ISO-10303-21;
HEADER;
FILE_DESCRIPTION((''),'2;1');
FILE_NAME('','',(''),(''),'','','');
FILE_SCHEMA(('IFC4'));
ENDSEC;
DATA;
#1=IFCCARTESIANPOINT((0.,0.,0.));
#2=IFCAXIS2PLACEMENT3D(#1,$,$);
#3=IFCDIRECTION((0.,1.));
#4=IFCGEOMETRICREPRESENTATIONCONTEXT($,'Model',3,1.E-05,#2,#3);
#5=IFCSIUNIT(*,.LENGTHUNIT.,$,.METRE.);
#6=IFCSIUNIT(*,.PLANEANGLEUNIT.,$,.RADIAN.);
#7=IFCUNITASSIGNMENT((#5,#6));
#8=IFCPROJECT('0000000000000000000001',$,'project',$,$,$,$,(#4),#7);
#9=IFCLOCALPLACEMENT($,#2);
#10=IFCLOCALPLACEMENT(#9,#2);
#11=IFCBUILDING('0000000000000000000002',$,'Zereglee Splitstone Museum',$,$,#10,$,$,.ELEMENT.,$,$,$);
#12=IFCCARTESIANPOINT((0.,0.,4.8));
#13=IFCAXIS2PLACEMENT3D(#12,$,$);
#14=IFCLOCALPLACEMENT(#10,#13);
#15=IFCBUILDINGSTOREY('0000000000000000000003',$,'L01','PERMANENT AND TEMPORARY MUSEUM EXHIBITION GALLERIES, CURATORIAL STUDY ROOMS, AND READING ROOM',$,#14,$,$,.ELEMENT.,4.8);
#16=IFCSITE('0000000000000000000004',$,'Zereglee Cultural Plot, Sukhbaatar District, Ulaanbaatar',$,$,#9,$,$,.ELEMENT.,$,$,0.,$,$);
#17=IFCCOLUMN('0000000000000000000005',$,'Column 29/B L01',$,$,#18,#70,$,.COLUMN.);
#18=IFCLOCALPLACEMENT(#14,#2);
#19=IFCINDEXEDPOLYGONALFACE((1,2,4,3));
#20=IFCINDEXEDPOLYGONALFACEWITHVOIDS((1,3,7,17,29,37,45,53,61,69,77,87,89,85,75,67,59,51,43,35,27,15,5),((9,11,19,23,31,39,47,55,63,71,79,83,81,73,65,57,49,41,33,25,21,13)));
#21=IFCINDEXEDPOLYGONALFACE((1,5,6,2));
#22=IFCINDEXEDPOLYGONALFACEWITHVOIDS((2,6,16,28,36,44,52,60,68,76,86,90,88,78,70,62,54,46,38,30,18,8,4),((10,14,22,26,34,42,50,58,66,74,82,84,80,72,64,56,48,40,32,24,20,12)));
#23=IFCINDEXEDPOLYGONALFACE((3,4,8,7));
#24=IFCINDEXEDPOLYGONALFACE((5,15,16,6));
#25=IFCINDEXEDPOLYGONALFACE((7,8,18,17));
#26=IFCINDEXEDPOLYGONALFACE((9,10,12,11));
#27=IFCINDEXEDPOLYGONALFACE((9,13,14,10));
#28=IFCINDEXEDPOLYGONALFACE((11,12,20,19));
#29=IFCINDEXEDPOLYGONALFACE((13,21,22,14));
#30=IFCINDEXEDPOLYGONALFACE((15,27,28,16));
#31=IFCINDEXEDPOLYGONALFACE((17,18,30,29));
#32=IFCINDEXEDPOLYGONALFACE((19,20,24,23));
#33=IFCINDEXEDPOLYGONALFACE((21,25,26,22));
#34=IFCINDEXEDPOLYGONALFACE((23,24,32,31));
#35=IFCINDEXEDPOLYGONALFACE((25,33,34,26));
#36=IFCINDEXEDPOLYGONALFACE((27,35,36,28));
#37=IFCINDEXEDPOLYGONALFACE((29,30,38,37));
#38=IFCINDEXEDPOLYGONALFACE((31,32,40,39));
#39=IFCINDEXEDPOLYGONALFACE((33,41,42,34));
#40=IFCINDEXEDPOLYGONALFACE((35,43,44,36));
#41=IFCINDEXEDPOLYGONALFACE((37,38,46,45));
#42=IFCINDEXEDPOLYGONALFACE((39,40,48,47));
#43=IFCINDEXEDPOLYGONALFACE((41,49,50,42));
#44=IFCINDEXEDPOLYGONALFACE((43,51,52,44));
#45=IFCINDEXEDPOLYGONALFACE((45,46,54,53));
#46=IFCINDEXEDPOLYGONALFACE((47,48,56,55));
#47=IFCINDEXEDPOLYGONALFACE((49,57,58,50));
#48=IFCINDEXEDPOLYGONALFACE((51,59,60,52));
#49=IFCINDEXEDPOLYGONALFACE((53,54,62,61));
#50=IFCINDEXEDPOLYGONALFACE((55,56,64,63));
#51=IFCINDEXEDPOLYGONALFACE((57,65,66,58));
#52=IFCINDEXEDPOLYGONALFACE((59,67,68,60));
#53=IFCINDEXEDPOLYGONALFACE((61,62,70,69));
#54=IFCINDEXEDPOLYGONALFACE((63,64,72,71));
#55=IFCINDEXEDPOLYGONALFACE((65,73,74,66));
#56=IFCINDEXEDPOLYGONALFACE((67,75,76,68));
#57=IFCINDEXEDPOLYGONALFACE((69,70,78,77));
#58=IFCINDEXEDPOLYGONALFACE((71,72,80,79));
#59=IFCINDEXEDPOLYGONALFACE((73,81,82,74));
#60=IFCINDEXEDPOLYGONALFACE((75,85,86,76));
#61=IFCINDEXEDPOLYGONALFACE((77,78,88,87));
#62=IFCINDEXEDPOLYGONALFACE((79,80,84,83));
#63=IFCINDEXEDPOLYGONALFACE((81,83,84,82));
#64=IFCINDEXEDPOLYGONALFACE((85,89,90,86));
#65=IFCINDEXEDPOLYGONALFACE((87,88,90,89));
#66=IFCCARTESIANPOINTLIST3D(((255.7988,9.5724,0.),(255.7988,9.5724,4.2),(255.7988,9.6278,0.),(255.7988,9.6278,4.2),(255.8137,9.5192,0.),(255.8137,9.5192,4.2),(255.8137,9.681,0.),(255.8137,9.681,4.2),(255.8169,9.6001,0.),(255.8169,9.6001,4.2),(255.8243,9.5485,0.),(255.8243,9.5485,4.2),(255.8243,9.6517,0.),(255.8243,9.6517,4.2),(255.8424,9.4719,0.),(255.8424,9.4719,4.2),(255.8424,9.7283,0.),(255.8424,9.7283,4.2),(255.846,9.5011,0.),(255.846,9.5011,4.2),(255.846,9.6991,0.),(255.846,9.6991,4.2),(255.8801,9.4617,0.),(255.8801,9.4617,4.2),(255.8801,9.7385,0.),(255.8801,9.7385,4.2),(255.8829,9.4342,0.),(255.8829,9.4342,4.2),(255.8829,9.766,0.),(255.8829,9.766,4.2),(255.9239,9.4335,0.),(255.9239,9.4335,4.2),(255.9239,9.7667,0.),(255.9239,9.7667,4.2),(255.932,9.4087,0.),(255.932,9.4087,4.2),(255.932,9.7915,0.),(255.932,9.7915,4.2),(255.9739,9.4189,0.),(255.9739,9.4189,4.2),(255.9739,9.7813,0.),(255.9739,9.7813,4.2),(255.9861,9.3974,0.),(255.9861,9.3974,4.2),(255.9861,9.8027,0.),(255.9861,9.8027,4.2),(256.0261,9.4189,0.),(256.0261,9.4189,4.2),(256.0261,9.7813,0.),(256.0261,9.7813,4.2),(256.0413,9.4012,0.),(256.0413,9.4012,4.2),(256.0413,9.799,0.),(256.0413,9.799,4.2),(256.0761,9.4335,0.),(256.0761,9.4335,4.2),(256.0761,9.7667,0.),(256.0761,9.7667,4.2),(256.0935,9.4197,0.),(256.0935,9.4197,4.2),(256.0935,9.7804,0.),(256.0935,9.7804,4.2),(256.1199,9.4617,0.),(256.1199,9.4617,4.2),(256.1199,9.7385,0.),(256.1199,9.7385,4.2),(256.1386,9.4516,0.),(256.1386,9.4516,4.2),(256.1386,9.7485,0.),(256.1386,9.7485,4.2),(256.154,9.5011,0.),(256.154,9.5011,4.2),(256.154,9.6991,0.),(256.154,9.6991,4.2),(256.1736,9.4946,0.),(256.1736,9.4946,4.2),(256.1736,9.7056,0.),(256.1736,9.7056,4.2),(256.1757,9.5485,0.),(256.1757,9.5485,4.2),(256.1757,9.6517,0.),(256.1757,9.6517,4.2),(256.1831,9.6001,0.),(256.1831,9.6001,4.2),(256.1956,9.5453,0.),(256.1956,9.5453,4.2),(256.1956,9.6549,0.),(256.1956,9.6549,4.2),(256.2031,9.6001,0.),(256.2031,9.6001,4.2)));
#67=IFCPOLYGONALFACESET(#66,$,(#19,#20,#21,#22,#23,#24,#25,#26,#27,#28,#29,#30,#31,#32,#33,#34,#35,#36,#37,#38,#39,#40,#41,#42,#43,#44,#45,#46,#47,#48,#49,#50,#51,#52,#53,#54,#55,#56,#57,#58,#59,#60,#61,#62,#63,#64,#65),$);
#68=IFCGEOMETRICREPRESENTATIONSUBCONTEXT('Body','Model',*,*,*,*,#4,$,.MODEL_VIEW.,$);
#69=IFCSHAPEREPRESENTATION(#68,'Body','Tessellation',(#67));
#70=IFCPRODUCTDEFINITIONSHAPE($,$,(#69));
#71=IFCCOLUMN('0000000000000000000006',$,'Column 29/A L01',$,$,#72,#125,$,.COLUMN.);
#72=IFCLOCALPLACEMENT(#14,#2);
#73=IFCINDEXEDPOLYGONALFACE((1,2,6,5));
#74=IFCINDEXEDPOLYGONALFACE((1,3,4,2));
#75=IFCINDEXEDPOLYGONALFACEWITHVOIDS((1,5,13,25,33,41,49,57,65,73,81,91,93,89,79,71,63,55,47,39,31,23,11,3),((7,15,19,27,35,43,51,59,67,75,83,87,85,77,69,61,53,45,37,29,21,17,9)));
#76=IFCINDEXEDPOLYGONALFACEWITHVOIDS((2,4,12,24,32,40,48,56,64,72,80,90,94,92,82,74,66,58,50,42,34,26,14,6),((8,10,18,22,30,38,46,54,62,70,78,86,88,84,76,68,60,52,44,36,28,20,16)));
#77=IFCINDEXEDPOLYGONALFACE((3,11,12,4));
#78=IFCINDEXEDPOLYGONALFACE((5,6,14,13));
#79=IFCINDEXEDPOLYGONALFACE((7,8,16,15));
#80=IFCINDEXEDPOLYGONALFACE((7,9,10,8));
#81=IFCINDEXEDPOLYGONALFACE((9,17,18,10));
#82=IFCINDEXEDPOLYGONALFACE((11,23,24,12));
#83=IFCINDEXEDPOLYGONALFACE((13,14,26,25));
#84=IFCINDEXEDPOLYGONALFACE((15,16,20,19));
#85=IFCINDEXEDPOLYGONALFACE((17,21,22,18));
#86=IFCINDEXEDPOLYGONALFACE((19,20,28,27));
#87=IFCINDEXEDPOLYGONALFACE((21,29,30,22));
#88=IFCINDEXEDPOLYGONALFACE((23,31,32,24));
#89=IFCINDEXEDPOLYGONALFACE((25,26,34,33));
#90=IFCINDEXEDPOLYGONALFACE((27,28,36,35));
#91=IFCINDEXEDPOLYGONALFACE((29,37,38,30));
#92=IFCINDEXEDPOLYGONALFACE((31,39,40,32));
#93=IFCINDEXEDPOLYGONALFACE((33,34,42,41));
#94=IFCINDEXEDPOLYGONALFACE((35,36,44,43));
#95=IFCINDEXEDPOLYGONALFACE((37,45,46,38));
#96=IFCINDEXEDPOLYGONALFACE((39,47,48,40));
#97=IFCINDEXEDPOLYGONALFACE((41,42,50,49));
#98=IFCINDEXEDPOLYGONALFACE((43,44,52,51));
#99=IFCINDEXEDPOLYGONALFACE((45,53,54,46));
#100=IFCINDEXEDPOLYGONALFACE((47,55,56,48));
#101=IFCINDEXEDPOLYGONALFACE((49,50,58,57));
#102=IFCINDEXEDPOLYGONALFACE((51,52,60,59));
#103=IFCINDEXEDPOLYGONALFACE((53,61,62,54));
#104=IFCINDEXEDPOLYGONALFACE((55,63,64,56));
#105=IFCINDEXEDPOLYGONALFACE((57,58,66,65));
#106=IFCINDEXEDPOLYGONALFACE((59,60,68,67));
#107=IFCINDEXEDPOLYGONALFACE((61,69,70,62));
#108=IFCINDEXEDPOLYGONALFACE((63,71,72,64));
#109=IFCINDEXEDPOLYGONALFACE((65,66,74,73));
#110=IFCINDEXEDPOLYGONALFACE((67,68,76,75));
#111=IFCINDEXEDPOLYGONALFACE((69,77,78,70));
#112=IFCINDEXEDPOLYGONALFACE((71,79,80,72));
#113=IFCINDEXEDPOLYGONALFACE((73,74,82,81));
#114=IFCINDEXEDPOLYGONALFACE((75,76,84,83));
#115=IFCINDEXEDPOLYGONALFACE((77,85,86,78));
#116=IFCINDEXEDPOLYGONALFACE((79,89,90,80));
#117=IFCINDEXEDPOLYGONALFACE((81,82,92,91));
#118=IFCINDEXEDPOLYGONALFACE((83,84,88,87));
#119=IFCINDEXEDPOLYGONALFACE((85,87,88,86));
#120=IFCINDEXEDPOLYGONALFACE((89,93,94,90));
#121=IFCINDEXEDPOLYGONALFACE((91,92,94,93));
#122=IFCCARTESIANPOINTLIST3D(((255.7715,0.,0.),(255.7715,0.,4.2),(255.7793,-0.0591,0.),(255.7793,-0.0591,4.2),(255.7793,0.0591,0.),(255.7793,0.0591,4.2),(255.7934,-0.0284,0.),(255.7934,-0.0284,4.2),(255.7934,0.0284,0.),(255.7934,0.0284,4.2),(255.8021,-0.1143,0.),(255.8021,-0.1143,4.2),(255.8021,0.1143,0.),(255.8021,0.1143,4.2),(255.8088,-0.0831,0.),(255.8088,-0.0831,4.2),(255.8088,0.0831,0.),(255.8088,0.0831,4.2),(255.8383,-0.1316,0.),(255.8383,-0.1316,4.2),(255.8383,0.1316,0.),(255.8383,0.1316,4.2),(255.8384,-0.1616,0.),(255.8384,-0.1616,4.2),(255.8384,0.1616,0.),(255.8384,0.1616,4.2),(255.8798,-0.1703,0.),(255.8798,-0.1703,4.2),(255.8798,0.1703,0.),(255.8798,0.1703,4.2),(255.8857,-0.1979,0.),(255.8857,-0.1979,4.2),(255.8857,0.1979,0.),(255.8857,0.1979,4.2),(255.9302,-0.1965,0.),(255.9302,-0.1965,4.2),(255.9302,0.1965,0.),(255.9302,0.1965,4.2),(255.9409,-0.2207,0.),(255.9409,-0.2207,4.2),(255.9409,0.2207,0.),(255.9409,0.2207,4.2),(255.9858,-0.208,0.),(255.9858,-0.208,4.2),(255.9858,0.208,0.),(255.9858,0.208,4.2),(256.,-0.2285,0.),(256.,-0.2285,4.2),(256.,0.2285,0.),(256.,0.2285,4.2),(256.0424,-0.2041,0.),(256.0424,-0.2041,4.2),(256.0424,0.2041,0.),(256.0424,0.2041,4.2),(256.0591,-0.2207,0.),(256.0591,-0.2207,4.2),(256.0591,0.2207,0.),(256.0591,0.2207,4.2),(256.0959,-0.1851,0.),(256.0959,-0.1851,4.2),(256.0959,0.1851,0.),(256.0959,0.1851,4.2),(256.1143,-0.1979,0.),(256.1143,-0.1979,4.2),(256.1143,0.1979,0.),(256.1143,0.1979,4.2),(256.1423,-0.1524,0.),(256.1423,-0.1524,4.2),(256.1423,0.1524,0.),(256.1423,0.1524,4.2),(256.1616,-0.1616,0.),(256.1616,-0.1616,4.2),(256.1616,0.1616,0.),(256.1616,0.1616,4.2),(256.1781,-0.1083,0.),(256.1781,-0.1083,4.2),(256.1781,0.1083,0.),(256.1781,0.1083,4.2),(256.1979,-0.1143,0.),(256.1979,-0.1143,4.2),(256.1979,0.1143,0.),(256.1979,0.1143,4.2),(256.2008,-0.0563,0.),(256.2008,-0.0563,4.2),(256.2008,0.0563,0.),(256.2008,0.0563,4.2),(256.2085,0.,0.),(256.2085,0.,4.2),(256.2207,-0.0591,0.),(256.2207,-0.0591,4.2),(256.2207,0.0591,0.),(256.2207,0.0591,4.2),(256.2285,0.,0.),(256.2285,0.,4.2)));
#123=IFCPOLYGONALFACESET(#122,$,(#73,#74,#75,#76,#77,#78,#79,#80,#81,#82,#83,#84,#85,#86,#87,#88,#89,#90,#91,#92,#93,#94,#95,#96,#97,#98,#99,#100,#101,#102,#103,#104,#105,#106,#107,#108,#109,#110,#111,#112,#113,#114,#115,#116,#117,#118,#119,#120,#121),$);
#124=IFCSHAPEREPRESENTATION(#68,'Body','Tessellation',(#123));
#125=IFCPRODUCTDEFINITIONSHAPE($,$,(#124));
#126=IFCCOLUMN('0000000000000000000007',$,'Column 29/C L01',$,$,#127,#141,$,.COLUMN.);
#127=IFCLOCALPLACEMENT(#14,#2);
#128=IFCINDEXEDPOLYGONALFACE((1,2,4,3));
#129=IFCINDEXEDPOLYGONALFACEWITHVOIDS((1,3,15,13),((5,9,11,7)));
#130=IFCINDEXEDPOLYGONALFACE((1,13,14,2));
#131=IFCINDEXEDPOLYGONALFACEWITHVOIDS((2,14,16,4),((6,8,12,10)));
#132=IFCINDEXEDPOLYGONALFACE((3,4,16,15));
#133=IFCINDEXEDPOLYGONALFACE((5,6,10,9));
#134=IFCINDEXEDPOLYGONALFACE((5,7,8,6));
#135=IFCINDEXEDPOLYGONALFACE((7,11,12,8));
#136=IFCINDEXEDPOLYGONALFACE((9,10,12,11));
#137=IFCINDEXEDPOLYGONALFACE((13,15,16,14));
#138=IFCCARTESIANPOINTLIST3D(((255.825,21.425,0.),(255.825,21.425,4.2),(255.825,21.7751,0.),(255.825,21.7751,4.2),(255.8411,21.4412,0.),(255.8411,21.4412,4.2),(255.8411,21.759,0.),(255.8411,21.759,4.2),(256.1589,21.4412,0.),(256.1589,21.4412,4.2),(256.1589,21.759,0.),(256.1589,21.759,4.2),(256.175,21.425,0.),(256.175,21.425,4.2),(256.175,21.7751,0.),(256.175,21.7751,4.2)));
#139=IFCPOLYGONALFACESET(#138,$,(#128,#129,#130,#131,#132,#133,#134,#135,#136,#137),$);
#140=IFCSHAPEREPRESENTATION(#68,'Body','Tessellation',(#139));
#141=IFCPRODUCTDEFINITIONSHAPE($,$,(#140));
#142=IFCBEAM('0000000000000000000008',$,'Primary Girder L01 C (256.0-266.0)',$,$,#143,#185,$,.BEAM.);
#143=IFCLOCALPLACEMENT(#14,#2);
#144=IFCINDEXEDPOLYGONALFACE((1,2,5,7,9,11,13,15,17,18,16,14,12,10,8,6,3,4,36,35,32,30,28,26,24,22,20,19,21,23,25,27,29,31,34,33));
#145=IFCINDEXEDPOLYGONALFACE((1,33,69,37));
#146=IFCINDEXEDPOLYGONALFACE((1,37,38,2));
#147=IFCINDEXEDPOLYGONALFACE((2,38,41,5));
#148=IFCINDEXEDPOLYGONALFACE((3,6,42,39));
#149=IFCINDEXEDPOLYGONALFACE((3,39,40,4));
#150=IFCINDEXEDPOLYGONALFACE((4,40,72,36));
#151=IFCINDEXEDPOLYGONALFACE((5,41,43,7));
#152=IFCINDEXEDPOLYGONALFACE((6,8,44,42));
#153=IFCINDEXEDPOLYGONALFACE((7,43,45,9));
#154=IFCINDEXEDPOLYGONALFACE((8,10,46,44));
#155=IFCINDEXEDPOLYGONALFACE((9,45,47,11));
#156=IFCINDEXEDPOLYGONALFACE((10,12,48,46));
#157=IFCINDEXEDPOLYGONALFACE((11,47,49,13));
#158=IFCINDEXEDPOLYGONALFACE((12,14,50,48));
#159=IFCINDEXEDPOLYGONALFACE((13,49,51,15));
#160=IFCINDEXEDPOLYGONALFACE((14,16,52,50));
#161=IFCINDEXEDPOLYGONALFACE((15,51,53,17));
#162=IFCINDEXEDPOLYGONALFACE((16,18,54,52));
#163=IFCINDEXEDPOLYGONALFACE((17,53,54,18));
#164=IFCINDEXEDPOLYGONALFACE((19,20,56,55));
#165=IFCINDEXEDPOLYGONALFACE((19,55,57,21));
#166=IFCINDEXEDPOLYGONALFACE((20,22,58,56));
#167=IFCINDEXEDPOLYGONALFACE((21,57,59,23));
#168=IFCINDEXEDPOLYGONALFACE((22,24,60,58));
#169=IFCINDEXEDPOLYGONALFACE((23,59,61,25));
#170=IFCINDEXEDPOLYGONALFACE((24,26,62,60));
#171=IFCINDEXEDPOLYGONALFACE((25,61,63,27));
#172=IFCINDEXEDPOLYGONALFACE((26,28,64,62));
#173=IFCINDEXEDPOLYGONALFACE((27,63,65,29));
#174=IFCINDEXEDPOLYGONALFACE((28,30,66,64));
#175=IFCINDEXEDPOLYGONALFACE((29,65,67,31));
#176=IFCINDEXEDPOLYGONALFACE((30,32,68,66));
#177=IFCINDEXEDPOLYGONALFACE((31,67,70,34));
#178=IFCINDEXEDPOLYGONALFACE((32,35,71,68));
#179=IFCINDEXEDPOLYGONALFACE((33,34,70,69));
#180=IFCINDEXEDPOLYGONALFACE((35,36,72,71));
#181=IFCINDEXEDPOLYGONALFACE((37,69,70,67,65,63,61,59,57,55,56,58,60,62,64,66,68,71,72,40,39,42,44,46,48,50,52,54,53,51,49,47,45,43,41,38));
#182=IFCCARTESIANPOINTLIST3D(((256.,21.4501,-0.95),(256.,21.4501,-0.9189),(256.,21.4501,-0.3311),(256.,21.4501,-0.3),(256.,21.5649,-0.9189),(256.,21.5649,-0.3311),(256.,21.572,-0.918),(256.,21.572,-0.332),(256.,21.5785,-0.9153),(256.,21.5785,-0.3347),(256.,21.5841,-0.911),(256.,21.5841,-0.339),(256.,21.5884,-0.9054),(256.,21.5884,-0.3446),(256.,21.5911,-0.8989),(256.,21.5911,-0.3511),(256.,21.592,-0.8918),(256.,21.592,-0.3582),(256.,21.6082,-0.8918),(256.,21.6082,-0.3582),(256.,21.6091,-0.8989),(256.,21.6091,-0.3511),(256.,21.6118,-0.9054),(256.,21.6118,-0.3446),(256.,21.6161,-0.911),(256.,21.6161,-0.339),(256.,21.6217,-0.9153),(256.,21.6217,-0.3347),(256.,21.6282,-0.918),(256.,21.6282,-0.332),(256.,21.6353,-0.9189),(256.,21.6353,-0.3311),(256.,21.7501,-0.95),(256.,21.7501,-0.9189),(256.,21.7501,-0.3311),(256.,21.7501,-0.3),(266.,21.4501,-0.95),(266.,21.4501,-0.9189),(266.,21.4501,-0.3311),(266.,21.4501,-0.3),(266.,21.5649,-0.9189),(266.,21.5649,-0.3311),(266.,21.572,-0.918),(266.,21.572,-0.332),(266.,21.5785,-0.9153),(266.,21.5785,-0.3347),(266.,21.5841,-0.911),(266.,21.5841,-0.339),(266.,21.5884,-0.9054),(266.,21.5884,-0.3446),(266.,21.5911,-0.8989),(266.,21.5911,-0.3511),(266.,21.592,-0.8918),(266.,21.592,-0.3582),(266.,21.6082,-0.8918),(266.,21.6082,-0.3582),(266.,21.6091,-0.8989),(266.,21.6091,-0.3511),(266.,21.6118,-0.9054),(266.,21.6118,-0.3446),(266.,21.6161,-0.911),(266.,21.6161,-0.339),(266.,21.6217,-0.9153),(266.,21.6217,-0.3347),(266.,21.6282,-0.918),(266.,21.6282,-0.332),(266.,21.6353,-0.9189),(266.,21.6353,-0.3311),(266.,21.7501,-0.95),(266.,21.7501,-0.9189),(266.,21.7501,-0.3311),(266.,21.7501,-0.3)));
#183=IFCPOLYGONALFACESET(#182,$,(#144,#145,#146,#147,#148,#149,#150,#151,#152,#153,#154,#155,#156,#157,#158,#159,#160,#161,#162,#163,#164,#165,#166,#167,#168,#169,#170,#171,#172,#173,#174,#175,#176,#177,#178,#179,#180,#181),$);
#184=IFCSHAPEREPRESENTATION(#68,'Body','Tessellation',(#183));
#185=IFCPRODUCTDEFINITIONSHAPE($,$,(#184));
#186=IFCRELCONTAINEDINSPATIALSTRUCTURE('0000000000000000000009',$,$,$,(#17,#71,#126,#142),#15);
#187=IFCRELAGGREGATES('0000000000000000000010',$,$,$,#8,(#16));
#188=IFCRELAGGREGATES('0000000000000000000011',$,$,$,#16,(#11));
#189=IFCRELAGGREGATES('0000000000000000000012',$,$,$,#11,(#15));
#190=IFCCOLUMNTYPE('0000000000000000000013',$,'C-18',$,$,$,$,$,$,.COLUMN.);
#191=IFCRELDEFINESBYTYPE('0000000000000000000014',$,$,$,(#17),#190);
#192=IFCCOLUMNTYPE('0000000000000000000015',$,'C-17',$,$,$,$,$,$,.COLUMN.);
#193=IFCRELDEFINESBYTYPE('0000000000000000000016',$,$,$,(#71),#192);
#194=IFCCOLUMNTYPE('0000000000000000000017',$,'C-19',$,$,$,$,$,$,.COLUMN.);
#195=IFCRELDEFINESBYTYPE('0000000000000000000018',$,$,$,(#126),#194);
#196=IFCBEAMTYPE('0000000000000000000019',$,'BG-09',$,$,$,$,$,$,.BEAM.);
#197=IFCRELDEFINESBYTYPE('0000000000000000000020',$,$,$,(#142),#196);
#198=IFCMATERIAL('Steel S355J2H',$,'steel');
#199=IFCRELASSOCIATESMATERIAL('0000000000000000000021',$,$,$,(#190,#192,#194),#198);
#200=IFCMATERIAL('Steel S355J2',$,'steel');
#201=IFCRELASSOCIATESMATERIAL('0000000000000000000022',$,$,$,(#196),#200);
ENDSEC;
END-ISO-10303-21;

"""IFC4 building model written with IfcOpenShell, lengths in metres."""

from ifc_helpers import new_model, si_unit, direction, frame, origin, origin_2d, place, context, subcontext, project, spatial, hollow_rectangle, hollow_circle, i_section, extrude, material, material_profile, profile_set, type_object, element, save


model = new_model("IFC4")

# Units and contexts
model_context = context("Model", 3, precision=1e-05, world=origin(), true_north=direction((0.0, 1.0)))
body_context = subcontext(model_context, "Body", "Model", "MODEL_VIEW")
ifc_project = project(units=[si_unit("LENGTHUNIT", "METRE"), si_unit("PLANEANGLEUNIT", "RADIAN")], contexts=[model_context])

# Site, building, storey
site_placement = place(None, origin())
site = spatial("IfcSite", under=ifc_project, at=site_placement, Name="Zereglee Cultural Plot, Sukhbaatar District, Ulaanbaatar", CompositionType="ELEMENT", RefElevation=0.0)
building_placement = place(site_placement, origin())
building = spatial("IfcBuilding", under=site, at=building_placement, Name="Zereglee Splitstone Museum", CompositionType="ELEMENT")
storey_placement = place(building_placement, frame((0.0, 0.0, 4.8)))
storey = spatial("IfcBuildingStorey", under=building, at=storey_placement, Name="L01", Description="PERMANENT AND TEMPORARY MUSEUM EXHIBITION GALLERIES, CURATORIAL STUDY ROOMS, AND READING ROOM", CompositionType="ELEMENT", Elevation=4.8)

# Columns
ifc_material_1 = material(Name="Steel S355J2H", Category="steel")
ifc_material_profile_1 = material_profile(ifc_material_1, hollow_circle(Radius=0.2031, WallThickness=0.02, at=origin_2d()), Name="CHS 406.4x20")
ifc_profile_set_1 = profile_set([ifc_material_profile_1], Name="Steel S355J2H")
column_type_1 = type_object("IfcColumnType", Name="C-18", PredefinedType="COLUMN", material=ifc_profile_set_1)
column_1_placement = place(storey_placement, frame((256.0, 9.6001, 0.0), z_axis=(0.0, 0.0, 1.0), x_axis=(1.0, 0.0, 0.0)))
element("IfcColumn", 1, at=column_1_placement, inside=storey, type_object=column_type_1, Name="Column 29/B L01", PredefinedType="COLUMN", context=body_context, shape_type="SweptSolid", body=[
    extrude(hollow_circle(Radius=0.2031, WallThickness=0.02, at=origin_2d()), origin(), (0.0, 0.0, 1.0), 4.2),
])
ifc_material_profile_2 = material_profile(ifc_material_1, hollow_circle(Radius=0.2285, WallThickness=0.02, at=origin_2d()), Name="CHS 457.0x20")
ifc_profile_set_2 = profile_set([ifc_material_profile_2], Name="Steel S355J2H")
column_type_2 = type_object("IfcColumnType", Name="C-17", PredefinedType="COLUMN", material=ifc_profile_set_2)
column_2_placement = place(storey_placement, frame((256.0, 0.0, 0.0), z_axis=(0.0, 0.0, 1.0), x_axis=(1.0, 0.0, 0.0)))
element("IfcColumn", 2, at=column_2_placement, inside=storey, type_object=column_type_2, Name="Column 29/A L01", PredefinedType="COLUMN", context=body_context, shape_type="SweptSolid", body=[
    extrude(hollow_circle(Radius=0.2285, WallThickness=0.02, at=origin_2d()), origin(), (0.0, 0.0, 1.0), 4.2),
])
ifc_material_profile_3 = material_profile(ifc_material_1, hollow_rectangle(XDim=0.3501, YDim=0.3501, WallThickness=0.0161, at=origin_2d()), Name="SHS 350x350x16")
ifc_profile_set_3 = profile_set([ifc_material_profile_3], Name="Steel S355J2H")
column_type_3 = type_object("IfcColumnType", Name="C-19", PredefinedType="COLUMN", material=ifc_profile_set_3)
column_3_placement = place(storey_placement, frame((256.0, 21.6001, 0.0), z_axis=(0.0, 0.0, 1.0), x_axis=(1.0, 0.0, 0.0)))
element("IfcColumn", 3, at=column_3_placement, inside=storey, type_object=column_type_3, Name="Column 29/C L01", PredefinedType="COLUMN", context=body_context, shape_type="SweptSolid", body=[
    extrude(hollow_rectangle(XDim=0.3501, YDim=0.3501, WallThickness=0.0161, at=origin_2d()), origin(), (0.0, 0.0, 1.0), 4.2),
])

# Beam
ifc_material_2 = material(Name="Steel S355J2", Category="steel")
ifc_material_profile_4 = material_profile(ifc_material_2, i_section(OverallWidth=0.3, OverallDepth=0.6499, WebThickness=0.0161, FlangeThickness=0.031, FilletRadius=0.0271, at=origin_2d()), Name="HE 650 B")
ifc_profile_set_4 = profile_set([ifc_material_profile_4], Name="Steel S355J2")
beam_type_1 = type_object("IfcBeamType", Name="BG-09", PredefinedType="BEAM", material=ifc_profile_set_4)
beam_1_placement = place(storey_placement, frame((256.0, 21.6001, -0.625), z_axis=(1.0, 0.0, 0.0), x_axis=(0.0, 1.0, 0.0)))
element("IfcBeam", 4, at=beam_1_placement, inside=storey, type_object=beam_type_1, Name="Primary Girder L01 C (256.0-266.0)", PredefinedType="BEAM", context=body_context, shape_type="SweptSolid", body=[
    extrude(i_section(OverallWidth=0.3, OverallDepth=0.6499, WebThickness=0.0161, FlangeThickness=0.031, FilletRadius=0.0271, at=origin_2d()), origin(), (0.0, 0.0, 1.0), 10.0),
])

save(model, "model.ifc")
